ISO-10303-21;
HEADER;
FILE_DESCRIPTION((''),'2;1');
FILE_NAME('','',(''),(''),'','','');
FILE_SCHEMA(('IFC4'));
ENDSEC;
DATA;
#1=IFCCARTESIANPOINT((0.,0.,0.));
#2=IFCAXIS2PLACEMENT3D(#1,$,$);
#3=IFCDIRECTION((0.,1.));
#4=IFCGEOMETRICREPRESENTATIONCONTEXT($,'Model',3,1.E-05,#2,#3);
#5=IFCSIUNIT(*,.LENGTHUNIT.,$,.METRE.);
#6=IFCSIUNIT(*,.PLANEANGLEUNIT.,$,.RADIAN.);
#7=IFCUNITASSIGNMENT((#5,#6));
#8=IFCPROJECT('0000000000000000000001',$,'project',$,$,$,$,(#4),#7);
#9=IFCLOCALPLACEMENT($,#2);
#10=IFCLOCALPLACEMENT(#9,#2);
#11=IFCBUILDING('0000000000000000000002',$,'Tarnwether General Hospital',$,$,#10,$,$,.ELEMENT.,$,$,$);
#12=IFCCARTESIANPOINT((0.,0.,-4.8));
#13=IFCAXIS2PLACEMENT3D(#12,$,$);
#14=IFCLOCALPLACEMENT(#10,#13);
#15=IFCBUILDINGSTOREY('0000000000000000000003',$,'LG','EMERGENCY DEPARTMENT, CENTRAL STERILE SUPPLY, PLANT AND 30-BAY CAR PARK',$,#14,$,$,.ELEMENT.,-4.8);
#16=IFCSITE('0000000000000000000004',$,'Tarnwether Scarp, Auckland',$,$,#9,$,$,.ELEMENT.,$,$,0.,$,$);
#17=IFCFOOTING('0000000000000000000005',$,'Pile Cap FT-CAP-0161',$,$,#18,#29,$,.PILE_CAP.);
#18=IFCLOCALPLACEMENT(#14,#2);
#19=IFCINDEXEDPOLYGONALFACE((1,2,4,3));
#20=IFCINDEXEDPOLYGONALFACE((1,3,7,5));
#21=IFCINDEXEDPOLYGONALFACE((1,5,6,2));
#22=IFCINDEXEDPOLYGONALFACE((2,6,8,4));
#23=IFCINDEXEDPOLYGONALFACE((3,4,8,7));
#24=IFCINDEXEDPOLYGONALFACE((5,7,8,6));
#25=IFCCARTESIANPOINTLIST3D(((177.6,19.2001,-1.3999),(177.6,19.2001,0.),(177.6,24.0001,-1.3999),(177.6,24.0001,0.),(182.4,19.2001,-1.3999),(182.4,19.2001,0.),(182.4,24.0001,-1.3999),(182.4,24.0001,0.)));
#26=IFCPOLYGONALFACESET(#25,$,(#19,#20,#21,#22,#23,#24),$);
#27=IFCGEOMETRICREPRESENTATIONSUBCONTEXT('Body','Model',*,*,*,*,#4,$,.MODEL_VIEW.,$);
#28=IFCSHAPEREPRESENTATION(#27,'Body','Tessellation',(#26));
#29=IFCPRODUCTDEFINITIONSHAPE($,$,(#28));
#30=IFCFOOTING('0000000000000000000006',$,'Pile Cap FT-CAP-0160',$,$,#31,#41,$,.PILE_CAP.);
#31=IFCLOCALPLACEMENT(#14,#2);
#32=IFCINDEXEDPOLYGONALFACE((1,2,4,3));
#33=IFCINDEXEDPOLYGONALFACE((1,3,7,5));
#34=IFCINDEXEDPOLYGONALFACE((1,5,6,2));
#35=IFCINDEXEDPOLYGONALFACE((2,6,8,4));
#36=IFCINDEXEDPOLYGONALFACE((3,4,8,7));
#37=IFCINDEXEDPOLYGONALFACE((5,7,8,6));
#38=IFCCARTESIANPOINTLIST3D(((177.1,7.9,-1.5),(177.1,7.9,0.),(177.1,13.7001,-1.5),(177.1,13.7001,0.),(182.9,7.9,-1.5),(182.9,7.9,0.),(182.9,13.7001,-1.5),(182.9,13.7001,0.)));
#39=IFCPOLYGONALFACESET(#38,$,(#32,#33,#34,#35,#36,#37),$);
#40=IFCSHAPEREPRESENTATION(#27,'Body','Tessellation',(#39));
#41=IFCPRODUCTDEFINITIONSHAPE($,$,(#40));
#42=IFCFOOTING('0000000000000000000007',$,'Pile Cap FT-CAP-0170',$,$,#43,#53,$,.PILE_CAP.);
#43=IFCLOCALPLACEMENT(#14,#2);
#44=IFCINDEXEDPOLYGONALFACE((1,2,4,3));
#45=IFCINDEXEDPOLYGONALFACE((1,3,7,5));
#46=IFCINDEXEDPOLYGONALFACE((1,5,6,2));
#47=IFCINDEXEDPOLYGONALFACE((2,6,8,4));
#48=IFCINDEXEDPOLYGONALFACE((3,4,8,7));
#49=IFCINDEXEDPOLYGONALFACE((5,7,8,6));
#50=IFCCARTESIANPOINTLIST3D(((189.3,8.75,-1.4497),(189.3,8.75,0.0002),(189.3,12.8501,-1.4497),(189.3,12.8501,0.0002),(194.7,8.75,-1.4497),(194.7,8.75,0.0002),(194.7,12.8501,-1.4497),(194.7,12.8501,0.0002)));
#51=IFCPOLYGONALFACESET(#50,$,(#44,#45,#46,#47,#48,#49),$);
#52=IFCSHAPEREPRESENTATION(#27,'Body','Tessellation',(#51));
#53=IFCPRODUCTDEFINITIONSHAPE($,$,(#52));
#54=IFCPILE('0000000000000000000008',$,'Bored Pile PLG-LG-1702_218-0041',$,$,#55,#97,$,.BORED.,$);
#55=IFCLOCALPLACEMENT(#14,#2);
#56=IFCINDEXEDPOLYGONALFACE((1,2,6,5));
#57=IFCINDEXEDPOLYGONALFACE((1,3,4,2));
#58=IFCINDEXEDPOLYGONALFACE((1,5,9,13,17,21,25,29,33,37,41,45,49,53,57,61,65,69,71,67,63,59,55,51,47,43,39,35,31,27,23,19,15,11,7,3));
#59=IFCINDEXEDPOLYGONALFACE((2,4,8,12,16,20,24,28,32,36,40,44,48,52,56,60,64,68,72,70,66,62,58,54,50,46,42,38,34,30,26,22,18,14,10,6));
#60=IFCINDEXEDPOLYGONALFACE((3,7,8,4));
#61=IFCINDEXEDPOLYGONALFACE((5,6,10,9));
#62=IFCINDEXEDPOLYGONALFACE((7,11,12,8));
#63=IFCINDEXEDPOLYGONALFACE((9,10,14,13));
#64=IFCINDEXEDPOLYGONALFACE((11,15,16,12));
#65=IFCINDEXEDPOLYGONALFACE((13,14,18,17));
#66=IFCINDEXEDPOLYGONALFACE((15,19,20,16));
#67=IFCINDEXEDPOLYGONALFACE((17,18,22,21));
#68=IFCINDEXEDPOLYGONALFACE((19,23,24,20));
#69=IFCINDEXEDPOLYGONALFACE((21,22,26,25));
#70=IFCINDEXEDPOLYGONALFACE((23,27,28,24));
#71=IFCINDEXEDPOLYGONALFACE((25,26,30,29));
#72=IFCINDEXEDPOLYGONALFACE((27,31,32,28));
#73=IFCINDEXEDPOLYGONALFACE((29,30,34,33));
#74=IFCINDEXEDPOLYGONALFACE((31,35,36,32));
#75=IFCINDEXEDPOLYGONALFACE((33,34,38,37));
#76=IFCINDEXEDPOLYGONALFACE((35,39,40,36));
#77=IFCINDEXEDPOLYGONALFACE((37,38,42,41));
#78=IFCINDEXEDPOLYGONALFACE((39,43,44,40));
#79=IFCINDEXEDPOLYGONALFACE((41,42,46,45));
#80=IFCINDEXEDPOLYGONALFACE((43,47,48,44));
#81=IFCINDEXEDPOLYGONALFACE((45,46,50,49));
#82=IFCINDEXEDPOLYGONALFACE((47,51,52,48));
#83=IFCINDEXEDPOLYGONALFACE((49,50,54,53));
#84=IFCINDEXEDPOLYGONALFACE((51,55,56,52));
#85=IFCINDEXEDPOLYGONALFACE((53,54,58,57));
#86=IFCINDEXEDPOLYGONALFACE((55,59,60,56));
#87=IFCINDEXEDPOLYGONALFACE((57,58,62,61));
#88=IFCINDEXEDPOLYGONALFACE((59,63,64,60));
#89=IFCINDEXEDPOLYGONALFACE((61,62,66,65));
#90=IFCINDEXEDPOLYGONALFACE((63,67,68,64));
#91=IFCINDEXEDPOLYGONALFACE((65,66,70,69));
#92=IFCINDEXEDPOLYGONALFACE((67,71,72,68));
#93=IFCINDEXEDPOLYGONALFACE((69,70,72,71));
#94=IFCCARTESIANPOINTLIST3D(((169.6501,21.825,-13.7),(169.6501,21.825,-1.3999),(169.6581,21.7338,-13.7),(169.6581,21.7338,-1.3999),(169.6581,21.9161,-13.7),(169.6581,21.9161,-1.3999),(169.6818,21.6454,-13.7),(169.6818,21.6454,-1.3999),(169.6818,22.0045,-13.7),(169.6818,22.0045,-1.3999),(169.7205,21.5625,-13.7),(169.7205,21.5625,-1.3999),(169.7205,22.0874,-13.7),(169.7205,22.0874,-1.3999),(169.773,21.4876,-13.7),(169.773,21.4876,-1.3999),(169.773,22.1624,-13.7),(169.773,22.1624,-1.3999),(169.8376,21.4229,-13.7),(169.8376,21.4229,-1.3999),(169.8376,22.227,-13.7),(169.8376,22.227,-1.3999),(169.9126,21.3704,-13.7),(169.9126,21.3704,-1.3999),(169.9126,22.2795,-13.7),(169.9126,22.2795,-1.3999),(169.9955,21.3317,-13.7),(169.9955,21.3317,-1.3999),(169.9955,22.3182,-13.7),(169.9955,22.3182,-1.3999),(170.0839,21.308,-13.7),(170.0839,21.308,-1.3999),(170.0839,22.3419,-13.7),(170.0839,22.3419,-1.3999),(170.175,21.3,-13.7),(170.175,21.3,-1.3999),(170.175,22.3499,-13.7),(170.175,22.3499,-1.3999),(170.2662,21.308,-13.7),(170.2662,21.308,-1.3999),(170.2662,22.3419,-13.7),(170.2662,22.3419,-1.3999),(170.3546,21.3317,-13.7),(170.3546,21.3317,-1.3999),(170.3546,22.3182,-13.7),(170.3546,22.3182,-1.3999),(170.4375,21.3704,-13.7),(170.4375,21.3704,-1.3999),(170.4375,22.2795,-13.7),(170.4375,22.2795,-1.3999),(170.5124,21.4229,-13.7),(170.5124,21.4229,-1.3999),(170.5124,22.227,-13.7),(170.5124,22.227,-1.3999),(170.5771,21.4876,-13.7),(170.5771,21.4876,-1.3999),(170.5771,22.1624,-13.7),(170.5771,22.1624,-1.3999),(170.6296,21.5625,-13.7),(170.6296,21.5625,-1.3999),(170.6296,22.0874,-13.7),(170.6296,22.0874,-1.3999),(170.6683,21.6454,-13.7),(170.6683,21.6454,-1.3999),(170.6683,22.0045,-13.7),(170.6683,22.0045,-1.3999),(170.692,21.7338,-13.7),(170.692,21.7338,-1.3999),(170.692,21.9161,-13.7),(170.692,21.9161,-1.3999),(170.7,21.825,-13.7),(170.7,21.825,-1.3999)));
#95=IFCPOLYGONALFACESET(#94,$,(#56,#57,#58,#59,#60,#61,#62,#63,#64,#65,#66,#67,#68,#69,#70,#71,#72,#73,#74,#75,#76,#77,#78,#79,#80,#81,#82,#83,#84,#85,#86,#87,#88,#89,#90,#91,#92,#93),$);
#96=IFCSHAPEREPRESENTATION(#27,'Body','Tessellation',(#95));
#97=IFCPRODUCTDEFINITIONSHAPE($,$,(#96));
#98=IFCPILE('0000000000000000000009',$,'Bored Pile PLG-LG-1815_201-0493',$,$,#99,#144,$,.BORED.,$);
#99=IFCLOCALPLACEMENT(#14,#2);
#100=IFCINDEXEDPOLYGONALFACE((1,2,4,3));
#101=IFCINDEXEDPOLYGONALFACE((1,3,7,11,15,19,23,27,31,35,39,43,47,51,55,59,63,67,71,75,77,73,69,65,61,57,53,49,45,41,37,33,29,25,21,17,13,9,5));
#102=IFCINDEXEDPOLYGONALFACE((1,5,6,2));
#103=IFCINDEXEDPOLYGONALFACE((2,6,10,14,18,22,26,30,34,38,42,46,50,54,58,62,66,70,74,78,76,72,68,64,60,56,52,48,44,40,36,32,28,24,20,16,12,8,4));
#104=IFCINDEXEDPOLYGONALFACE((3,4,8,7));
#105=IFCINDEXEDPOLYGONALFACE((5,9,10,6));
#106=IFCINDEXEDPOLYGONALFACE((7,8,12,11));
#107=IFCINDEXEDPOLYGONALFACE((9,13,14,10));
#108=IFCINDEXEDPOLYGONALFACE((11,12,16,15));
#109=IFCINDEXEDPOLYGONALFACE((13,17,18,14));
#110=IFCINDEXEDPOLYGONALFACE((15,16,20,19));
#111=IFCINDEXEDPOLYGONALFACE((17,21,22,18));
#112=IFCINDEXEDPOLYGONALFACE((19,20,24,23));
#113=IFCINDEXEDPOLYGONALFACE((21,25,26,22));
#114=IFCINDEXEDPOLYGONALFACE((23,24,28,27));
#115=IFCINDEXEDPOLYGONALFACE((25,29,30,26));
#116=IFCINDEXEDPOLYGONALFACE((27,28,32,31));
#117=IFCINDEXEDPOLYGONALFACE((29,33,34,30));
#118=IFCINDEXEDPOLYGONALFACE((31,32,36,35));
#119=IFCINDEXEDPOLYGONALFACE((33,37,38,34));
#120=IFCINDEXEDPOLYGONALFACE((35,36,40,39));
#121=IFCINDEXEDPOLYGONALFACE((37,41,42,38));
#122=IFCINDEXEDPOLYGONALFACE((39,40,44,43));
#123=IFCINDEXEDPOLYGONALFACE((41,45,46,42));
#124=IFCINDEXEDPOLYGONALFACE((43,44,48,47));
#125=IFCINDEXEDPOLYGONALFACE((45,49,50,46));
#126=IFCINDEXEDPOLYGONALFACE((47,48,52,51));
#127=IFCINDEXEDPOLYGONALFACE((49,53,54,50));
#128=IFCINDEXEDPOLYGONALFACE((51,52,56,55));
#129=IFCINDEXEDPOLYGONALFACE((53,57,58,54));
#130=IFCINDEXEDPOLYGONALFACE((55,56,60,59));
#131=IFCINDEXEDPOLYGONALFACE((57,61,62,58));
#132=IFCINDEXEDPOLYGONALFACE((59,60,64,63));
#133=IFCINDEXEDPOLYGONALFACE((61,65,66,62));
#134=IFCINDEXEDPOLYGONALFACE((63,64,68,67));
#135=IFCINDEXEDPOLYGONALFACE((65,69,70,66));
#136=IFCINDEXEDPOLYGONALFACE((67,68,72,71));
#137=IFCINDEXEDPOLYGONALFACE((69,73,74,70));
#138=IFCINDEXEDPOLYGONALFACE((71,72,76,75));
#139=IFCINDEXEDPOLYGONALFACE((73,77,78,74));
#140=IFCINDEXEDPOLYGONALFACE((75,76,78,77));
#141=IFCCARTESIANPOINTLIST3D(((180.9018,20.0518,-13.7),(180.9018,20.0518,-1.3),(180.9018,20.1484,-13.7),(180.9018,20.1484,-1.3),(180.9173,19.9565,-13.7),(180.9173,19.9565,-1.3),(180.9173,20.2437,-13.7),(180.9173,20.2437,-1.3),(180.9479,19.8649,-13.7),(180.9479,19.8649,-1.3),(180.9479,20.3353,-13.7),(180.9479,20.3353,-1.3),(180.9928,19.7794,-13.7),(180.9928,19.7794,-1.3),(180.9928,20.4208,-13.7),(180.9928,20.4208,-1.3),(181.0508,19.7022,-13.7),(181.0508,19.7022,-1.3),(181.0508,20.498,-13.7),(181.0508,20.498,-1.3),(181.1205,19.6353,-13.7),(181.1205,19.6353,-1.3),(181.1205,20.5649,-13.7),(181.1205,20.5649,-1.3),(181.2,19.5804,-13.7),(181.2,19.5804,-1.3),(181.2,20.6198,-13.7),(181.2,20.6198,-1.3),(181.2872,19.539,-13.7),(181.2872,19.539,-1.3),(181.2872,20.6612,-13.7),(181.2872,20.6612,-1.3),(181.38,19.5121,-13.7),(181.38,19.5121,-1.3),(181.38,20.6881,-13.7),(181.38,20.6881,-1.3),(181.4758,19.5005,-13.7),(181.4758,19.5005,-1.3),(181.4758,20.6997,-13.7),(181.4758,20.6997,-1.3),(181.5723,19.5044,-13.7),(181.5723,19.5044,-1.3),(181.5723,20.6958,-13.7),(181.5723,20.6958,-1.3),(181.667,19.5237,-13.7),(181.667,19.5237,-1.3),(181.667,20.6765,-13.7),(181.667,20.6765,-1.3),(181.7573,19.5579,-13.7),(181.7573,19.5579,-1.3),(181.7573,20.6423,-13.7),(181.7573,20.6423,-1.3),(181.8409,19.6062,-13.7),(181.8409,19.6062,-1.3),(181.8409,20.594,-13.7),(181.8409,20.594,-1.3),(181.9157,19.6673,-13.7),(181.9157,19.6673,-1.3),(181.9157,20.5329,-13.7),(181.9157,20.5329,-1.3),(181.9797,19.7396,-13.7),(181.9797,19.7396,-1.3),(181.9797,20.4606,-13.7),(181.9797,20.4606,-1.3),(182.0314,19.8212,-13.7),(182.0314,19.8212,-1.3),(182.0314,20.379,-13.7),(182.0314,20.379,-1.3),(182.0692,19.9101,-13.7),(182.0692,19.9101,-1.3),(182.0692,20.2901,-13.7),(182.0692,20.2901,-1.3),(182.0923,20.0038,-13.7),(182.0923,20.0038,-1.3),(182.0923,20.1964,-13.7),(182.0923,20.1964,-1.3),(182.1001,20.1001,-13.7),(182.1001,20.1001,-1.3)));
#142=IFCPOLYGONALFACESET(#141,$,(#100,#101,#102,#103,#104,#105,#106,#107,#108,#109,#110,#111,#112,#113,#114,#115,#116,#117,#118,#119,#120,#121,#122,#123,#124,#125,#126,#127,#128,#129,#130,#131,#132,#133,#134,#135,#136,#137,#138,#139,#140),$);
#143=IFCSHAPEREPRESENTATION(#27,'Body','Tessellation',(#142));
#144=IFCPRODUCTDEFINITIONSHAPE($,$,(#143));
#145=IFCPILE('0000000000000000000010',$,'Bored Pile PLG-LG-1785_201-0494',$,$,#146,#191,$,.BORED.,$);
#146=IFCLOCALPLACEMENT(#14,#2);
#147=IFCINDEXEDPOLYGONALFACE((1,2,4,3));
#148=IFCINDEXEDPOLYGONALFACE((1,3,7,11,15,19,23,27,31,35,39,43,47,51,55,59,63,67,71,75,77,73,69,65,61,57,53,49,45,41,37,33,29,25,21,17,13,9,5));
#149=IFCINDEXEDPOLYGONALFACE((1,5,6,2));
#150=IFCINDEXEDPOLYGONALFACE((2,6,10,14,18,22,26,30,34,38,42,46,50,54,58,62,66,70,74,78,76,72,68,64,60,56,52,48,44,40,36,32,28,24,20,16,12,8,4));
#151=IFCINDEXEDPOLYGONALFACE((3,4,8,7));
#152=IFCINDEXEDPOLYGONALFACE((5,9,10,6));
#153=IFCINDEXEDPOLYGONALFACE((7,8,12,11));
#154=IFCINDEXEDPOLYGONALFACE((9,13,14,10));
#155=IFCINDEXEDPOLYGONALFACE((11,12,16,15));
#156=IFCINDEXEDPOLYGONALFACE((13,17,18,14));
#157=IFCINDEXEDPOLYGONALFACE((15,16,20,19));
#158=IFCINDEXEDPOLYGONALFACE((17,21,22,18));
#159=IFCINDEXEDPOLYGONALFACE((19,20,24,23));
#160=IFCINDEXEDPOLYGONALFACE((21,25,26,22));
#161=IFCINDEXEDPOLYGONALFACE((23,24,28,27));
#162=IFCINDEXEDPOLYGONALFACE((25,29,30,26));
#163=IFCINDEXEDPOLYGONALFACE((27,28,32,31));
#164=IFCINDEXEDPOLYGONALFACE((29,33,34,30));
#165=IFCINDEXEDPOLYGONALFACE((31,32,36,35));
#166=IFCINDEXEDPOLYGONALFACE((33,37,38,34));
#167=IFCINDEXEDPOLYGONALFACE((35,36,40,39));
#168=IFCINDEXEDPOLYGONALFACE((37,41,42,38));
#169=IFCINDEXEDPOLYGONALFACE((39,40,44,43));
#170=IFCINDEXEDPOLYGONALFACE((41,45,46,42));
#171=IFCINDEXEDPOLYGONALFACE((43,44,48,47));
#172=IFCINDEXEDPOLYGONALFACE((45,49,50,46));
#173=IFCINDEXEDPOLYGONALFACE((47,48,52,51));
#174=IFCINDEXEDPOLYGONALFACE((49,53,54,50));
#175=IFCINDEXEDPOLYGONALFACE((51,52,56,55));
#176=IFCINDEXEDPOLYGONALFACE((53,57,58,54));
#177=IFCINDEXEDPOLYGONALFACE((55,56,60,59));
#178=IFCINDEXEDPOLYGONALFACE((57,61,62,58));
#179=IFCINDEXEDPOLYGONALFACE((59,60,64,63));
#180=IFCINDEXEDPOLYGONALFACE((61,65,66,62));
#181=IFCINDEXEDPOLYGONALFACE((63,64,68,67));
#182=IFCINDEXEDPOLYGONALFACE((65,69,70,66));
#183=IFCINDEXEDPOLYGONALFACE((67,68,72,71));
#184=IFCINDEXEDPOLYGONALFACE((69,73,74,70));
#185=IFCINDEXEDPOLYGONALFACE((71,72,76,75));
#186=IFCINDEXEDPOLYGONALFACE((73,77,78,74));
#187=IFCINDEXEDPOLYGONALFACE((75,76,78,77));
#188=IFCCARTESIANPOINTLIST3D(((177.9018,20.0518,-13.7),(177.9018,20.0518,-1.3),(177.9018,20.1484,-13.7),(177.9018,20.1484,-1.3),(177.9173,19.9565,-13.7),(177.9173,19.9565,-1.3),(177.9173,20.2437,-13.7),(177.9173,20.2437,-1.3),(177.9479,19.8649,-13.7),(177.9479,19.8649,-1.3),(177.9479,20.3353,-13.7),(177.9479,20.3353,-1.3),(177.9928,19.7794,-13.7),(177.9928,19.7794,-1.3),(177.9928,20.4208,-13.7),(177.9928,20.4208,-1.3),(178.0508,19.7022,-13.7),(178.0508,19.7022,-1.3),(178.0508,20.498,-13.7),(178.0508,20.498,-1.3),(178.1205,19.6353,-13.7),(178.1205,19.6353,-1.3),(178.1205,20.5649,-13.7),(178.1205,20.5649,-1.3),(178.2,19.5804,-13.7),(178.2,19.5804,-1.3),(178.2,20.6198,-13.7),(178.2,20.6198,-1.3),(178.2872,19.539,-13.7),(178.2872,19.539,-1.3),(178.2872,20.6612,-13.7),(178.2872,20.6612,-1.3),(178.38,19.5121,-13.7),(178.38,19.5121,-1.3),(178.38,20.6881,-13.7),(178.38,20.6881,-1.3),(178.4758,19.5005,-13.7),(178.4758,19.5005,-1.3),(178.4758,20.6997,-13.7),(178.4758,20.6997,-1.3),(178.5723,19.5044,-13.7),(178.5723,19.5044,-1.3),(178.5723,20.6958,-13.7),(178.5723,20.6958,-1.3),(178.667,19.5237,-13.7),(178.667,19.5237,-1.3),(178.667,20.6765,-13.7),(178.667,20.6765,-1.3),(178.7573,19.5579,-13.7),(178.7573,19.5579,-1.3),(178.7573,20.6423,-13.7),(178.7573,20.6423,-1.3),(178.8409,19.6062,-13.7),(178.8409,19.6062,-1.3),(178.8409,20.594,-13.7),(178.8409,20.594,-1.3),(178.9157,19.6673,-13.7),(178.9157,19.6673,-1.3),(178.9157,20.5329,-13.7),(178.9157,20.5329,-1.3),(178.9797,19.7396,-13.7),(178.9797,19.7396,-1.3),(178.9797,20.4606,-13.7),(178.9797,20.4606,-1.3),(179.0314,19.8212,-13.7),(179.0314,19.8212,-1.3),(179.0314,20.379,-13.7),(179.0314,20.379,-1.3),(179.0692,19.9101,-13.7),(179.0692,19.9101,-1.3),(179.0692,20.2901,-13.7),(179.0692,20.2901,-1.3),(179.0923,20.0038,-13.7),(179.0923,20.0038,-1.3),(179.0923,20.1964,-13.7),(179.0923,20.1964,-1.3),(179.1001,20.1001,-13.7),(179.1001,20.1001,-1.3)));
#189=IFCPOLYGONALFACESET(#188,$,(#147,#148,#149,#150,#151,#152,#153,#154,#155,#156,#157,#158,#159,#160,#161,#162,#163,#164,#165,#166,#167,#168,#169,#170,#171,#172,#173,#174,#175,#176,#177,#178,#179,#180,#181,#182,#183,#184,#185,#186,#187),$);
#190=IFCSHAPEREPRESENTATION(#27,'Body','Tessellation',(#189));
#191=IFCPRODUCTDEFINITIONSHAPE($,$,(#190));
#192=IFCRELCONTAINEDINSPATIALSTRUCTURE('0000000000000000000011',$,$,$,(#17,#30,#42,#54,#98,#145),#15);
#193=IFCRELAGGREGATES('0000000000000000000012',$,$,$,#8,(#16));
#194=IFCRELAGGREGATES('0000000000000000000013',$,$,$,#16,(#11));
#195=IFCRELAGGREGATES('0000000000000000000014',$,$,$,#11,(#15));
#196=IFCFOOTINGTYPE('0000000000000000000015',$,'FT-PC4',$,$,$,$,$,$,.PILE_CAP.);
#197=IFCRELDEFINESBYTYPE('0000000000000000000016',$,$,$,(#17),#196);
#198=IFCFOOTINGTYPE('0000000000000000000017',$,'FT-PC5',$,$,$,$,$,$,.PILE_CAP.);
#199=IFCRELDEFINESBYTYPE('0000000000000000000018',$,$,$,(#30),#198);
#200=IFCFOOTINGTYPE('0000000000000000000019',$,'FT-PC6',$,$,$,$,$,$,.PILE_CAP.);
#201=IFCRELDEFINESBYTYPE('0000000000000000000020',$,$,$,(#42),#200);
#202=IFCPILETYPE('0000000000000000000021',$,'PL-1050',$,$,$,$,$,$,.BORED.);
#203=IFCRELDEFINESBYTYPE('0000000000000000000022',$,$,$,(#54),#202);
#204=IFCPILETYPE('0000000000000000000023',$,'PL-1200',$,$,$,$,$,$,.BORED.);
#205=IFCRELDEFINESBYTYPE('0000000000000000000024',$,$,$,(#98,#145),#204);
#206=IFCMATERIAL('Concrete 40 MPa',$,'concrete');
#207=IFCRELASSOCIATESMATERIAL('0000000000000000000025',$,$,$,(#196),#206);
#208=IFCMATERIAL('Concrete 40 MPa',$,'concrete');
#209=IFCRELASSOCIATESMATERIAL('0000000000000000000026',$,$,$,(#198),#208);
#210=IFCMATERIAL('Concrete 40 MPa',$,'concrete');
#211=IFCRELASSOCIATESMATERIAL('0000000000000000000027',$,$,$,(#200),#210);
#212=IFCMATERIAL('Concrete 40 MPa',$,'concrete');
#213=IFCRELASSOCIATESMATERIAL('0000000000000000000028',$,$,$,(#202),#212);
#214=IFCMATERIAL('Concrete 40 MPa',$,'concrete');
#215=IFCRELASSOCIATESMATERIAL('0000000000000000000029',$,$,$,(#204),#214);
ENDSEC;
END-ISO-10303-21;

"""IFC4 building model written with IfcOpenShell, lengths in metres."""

from ifc_helpers import new_model, si_unit, direction, frame, origin, origin_2d, place, context, subcontext, project, spatial, rectangle, circle, extrude, material, material_profile, profile_set, type_object, element, save


model = new_model("IFC4")

# Units and contexts
model_context = context("Model", 3, precision=1e-05, world=origin(), true_north=direction((0.0, 1.0)))
body_context = subcontext(model_context, "Body", "Model", "MODEL_VIEW")
ifc_project = project(units=[si_unit("LENGTHUNIT", "METRE"), si_unit("PLANEANGLEUNIT", "RADIAN")], contexts=[model_context])

# Site, building, storey
site_placement = place(None, origin())
site = spatial("IfcSite", under=ifc_project, at=site_placement, Name="Tarnwether Scarp, Auckland", CompositionType="ELEMENT", RefElevation=0.0)
building_placement = place(site_placement, origin())
building = spatial("IfcBuilding", under=site, at=building_placement, Name="Tarnwether General Hospital", CompositionType="ELEMENT")
storey_placement = place(building_placement, frame((0.0, 0.0, -4.8)))
storey = spatial("IfcBuildingStorey", under=building, at=storey_placement, Name="LG", Description="EMERGENCY DEPARTMENT, CENTRAL STERILE SUPPLY, PLANT AND 30-BAY CAR PARK", CompositionType="ELEMENT", Elevation=-4.8)

# Footings
ifc_material_1 = material(Name="Concrete 40 MPa", Category="concrete")
footing_type_1 = type_object("IfcFootingType", Name="FT-PC4", PredefinedType="PILE_CAP", material=ifc_material_1)
footing_1_placement = place(storey_placement, frame((180.0, 21.6001, -1.3999), z_axis=(0.0, 0.0, 1.0), x_axis=(0.0, 1.0, 0.0)))
element("IfcFooting", 1, at=footing_1_placement, inside=storey, type_object=footing_type_1, Name="Pile Cap FT-CAP-0161", PredefinedType="PILE_CAP", context=body_context, shape_type="SweptSolid", body=[
    extrude(rectangle(XDim=4.8, YDim=4.8, at=origin_2d()), origin(), (0.0, 0.0, 1.0), 1.3999),
])
ifc_material_2 = material(Name="Concrete 40 MPa", Category="concrete")
footing_type_2 = type_object("IfcFootingType", Name="FT-PC5", PredefinedType="PILE_CAP", material=ifc_material_2)
footing_2_placement = place(storey_placement, frame((180.0, 10.8, -1.5), z_axis=(0.0, 0.0, 1.0), x_axis=(0.0, 1.0, 0.0)))
element("IfcFooting", 2, at=footing_2_placement, inside=storey, type_object=footing_type_2, Name="Pile Cap FT-CAP-0160", PredefinedType="PILE_CAP", context=body_context, shape_type="SweptSolid", body=[
    extrude(rectangle(XDim=5.8, YDim=5.8, at=origin_2d()), origin(), (0.0, 0.0, 1.0), 1.5),
])
ifc_material_3 = material(Name="Concrete 40 MPa", Category="concrete")
footing_type_3 = type_object("IfcFootingType", Name="FT-PC6", PredefinedType="PILE_CAP", material=ifc_material_3)
footing_3_placement = place(storey_placement, frame((192.0, 10.8, -1.4497), z_axis=(0.0, 0.0, 1.0), x_axis=(1.0, 0.0, 0.0)))
element("IfcFooting", 3, at=footing_3_placement, inside=storey, type_object=footing_type_3, Name="Pile Cap FT-CAP-0170", PredefinedType="PILE_CAP", context=body_context, shape_type="SweptSolid", body=[
    extrude(rectangle(XDim=5.3999, YDim=4.1001, at=origin_2d()), origin(), (0.0, 0.0, 1.0), 1.45),
])

# Piles
ifc_material_4 = material(Name="Concrete 40 MPa", Category="concrete")
ifc_material_profile_1 = material_profile(ifc_material_4, circle(Radius=0.5249, at=origin_2d()), Name="PILE-D1050")
ifc_profile_set_1 = profile_set([ifc_material_profile_1], Name="Concrete 40 MPa")
pile_type_1 = type_object("IfcPileType", Name="PL-1050", PredefinedType="BORED", material=ifc_profile_set_1)
pile_1_placement = place(storey_placement, frame((170.175, 21.825, -1.3999), z_axis=(0.0, 0.0, -1.0), x_axis=(1.0, 0.0, 0.0)))
element("IfcPile", 4, at=pile_1_placement, inside=storey, type_object=pile_type_1, Name="Bored Pile PLG-LG-1702_218-0041", PredefinedType="BORED", context=body_context, shape_type="SweptSolid", body=[
    extrude(circle(Radius=0.5249, at=origin_2d()), origin(), (0.0, 0.0, 1.0), 12.3),
])
ifc_material_5 = material(Name="Concrete 40 MPa", Category="concrete")
ifc_material_profile_2 = material_profile(ifc_material_5, circle(Radius=0.6001, at=origin_2d()), Name="PILE-D1200")
ifc_profile_set_2 = profile_set([ifc_material_profile_2], Name="Concrete 40 MPa")
pile_type_2 = type_object("IfcPileType", Name="PL-1200", PredefinedType="BORED", material=ifc_profile_set_2)
for number, where, z_axis, x_axis, name in (
    (5, (181.5, 20.1001, -1.3), (0.0, 0.0, -1.0), (1.0, 0.0, 0.0), "Bored Pile PLG-LG-1815_201-0493"),
    (6, (178.5, 20.1001, -1.3), (0.0, 0.0, -1.0), (1.0, 0.0, 0.0), "Bored Pile PLG-LG-1785_201-0494"),
):
    element("IfcPile", number, at=place(storey_placement, frame(where, z_axis=z_axis, x_axis=x_axis)), inside=storey, type_object=pile_type_2, Name=name, PredefinedType="BORED", context=body_context, shape_type="SweptSolid", body=[
        extrude(circle(Radius=0.6001, at=origin_2d()), origin(), (0.0, 0.0, 1.0), 12.3999),
    ])

save(model, "model.ifc")
